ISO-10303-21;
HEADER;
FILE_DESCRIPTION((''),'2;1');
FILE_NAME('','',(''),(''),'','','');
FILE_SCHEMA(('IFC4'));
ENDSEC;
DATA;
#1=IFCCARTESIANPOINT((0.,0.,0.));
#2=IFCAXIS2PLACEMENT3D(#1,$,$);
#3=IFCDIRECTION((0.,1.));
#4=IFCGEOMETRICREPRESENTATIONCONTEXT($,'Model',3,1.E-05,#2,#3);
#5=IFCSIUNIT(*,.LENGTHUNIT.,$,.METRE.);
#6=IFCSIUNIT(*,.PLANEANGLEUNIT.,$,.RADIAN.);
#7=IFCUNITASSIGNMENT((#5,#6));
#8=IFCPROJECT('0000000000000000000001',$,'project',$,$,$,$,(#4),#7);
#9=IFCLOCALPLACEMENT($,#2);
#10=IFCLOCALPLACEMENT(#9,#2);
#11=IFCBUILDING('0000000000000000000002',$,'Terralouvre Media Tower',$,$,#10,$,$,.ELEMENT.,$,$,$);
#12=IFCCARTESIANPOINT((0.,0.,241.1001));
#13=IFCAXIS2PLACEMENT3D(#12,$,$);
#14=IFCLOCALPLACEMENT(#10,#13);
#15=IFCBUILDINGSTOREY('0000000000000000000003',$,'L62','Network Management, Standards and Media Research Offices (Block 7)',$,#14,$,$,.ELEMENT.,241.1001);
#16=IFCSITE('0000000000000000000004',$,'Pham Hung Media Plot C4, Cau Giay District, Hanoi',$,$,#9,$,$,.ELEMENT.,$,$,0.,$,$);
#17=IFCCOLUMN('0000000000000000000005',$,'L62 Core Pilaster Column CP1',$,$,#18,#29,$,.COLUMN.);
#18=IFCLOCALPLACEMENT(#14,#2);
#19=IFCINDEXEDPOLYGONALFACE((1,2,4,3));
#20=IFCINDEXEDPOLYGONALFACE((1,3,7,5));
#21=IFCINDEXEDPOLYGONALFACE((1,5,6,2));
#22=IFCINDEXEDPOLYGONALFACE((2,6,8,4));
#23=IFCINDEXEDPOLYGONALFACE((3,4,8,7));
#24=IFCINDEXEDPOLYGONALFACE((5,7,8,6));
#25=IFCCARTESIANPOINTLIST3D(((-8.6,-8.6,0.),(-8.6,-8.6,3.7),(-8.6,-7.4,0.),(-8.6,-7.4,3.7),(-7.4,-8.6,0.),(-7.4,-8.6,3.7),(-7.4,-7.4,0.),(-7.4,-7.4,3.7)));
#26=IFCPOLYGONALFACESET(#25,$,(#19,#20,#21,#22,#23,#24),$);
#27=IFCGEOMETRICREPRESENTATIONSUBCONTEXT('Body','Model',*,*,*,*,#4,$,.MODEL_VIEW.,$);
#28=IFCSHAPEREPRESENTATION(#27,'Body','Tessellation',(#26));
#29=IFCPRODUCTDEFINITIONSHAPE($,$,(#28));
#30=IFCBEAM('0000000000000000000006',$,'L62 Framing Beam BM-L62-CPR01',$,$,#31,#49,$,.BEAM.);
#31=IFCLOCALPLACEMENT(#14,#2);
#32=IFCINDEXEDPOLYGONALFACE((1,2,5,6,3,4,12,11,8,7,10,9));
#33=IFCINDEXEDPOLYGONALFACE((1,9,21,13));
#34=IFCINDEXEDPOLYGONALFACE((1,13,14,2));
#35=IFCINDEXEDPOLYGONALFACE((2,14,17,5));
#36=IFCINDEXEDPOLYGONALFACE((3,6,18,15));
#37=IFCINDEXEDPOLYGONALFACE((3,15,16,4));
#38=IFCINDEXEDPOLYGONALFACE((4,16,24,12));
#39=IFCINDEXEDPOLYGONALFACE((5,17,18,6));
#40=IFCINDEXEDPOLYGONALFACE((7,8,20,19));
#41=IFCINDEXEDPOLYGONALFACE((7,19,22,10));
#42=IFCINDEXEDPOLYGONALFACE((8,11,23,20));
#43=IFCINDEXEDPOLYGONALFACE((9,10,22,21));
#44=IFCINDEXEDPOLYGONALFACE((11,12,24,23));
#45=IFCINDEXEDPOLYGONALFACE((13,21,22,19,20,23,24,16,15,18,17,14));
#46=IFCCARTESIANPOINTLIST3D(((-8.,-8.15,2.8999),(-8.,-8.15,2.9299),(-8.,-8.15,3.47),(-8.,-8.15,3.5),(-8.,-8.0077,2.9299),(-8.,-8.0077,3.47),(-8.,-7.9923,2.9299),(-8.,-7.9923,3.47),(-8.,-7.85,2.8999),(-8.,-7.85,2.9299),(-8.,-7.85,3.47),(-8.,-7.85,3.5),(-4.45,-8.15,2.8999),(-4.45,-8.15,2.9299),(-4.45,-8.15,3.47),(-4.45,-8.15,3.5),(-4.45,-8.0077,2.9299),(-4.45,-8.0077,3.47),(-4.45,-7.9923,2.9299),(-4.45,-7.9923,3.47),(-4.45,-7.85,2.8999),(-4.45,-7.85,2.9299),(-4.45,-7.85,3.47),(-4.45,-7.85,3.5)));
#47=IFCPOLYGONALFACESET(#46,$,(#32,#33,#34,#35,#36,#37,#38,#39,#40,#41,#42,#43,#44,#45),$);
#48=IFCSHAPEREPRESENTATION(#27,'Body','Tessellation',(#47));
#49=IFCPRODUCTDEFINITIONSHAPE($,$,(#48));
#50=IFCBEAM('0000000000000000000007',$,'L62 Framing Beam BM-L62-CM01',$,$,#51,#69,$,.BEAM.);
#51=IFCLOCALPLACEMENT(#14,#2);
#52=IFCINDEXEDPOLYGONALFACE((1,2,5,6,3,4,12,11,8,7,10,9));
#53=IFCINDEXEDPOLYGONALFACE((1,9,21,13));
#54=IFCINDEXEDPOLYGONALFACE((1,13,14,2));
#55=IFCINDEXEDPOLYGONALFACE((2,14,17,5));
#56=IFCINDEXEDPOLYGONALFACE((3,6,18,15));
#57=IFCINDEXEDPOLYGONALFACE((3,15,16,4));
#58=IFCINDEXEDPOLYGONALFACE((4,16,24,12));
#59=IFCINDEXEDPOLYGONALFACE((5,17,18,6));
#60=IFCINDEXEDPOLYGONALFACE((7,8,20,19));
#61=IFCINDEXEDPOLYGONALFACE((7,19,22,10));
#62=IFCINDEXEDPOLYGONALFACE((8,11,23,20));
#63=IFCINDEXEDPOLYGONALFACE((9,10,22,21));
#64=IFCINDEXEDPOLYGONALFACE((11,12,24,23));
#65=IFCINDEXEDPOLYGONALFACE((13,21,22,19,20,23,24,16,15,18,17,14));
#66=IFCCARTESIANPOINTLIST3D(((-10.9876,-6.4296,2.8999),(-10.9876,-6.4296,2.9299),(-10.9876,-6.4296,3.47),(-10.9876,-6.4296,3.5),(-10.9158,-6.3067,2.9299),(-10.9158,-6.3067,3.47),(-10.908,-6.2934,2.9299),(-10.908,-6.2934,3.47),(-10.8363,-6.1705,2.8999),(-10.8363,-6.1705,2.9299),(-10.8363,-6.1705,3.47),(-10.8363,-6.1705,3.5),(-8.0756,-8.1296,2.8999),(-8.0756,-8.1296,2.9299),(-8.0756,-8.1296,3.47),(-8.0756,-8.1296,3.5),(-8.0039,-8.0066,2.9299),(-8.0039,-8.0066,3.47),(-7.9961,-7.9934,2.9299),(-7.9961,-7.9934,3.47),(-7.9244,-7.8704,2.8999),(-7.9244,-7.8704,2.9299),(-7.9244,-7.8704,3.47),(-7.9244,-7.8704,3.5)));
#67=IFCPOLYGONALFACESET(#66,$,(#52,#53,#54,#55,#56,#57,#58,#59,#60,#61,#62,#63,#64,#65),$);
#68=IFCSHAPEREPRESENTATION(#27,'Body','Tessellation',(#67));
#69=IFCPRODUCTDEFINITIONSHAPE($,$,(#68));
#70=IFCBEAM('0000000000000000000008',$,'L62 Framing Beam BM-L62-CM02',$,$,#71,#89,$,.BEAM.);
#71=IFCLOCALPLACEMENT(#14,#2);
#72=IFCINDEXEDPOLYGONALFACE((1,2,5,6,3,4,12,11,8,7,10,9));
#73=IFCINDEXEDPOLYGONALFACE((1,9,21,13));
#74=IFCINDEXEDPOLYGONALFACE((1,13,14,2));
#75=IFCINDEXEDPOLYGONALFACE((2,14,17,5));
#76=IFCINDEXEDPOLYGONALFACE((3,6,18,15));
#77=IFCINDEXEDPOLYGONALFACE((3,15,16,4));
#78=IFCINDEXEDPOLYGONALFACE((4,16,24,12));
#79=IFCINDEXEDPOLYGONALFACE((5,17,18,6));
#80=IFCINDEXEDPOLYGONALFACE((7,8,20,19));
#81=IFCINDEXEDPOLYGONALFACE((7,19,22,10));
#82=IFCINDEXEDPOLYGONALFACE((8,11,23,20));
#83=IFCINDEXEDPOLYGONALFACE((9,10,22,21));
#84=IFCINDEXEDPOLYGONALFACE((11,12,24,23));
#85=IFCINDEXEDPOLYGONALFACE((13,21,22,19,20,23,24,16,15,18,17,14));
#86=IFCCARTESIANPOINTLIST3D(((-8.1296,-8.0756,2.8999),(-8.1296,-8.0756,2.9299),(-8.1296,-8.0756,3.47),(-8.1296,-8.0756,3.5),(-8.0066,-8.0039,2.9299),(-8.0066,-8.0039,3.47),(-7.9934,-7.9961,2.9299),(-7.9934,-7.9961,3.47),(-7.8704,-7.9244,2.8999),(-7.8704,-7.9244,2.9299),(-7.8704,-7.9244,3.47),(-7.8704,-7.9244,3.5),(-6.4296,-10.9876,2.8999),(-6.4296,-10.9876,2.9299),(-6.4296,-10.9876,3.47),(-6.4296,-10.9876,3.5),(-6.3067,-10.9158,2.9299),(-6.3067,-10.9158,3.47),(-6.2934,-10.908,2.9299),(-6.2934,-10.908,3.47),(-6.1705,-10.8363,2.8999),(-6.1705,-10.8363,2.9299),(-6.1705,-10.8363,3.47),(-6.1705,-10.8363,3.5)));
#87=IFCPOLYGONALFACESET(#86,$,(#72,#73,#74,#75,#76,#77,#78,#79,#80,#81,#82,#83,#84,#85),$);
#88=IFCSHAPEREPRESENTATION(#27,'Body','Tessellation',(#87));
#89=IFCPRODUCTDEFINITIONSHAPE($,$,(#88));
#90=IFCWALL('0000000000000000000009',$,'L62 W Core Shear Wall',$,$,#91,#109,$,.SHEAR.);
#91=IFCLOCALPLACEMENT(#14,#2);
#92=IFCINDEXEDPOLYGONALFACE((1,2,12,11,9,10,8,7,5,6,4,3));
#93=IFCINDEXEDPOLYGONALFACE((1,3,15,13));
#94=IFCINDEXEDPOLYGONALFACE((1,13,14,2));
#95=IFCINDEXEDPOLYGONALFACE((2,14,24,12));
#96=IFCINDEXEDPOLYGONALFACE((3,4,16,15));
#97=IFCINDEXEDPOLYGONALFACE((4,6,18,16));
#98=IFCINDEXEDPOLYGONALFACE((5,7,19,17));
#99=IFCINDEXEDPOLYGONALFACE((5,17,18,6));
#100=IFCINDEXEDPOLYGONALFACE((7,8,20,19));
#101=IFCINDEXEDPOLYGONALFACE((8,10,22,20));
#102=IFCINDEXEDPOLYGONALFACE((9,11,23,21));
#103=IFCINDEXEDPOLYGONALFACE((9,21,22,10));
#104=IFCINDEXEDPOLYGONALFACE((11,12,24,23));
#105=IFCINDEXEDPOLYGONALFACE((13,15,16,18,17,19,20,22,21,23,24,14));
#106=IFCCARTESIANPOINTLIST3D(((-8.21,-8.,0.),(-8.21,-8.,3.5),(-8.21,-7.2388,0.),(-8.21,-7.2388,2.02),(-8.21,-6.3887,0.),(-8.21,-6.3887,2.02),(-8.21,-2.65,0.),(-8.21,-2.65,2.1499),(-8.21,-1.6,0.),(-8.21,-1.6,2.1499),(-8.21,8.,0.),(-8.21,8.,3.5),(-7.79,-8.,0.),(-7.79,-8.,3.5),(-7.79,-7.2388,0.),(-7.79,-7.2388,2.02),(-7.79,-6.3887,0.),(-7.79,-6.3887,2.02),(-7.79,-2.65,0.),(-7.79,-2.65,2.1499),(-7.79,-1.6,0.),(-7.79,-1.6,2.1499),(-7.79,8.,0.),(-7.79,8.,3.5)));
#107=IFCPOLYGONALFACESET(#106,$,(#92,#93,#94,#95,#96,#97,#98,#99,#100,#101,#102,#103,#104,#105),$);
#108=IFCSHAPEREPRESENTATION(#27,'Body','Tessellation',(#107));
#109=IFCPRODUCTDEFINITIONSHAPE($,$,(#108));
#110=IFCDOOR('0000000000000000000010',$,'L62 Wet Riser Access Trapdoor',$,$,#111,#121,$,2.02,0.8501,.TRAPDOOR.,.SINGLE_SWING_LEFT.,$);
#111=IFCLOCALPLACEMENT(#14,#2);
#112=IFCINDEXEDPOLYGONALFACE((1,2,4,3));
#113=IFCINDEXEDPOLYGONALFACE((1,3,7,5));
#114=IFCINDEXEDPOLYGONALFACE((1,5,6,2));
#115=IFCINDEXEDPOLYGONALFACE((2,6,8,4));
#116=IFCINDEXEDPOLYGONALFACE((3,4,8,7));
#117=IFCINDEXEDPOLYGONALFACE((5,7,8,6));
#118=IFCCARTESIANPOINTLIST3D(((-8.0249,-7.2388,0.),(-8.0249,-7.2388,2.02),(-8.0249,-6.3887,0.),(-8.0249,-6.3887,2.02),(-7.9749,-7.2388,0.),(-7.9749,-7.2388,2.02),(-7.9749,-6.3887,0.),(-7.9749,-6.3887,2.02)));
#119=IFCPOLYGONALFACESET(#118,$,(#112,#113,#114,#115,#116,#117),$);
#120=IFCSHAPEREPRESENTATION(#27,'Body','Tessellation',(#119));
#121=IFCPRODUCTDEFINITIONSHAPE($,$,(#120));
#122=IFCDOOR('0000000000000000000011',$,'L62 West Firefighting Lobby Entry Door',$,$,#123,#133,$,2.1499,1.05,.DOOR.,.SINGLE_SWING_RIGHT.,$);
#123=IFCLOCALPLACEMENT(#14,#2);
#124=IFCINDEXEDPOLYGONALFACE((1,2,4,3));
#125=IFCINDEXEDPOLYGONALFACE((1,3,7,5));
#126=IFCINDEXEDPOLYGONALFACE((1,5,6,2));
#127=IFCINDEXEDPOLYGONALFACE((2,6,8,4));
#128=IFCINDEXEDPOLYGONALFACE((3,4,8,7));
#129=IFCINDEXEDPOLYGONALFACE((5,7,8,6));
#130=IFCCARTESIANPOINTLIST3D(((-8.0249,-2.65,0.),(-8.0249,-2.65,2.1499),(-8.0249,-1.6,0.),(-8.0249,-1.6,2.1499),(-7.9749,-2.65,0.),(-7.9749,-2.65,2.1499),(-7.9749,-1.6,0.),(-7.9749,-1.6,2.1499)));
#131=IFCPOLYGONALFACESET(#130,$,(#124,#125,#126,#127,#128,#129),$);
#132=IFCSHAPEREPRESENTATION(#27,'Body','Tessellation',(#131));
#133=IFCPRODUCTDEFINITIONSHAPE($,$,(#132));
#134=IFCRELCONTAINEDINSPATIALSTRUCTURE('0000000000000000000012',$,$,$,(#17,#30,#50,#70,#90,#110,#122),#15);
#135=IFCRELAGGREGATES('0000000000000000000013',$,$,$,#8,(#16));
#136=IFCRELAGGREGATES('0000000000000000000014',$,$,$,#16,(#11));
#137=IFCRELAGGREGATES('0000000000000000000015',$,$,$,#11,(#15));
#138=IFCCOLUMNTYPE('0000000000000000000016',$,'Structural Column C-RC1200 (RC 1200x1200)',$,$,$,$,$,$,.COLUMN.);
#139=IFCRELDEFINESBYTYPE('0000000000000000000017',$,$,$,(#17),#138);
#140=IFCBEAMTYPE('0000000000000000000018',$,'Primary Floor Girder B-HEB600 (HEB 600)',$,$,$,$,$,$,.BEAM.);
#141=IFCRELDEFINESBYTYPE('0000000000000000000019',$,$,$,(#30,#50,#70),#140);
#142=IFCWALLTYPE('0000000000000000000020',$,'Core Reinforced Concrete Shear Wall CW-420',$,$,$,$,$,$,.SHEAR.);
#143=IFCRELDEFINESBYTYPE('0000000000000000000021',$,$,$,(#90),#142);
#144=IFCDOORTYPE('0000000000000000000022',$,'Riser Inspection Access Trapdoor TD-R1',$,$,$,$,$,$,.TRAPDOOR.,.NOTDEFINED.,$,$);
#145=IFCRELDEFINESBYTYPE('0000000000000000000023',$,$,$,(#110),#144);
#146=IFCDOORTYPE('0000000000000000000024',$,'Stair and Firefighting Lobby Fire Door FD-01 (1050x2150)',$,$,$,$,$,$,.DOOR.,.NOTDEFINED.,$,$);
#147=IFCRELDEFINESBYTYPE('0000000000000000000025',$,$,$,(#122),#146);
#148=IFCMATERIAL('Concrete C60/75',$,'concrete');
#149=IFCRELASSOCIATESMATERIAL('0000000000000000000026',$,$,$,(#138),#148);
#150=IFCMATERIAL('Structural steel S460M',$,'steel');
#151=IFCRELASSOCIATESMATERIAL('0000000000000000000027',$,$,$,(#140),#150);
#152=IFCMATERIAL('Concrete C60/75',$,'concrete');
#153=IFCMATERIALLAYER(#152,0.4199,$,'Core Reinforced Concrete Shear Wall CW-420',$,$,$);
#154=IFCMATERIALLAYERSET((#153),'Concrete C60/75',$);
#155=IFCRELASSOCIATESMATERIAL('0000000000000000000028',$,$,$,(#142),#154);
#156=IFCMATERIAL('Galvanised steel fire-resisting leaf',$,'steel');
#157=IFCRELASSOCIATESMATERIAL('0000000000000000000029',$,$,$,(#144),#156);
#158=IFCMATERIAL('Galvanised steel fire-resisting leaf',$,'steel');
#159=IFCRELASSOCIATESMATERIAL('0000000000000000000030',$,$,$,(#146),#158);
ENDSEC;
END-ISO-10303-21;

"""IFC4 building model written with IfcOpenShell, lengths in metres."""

from ifc_helpers import new_model, si_unit, direction, frame, frame_2d, origin, origin_2d, place, context, subcontext, project, spatial, rectangle, i_section, extrude, material, layer, layer_set, material_profile, profile_set, type_object, element, fill, save


model = new_model("IFC4")

# Units and contexts
model_context = context("Model", 3, precision=1e-05, world=origin(), true_north=direction((0.0, 1.0)))
body_context = subcontext(model_context, "Body", "Model", "MODEL_VIEW")
ifc_project = project(units=[si_unit("LENGTHUNIT", "METRE"), si_unit("PLANEANGLEUNIT", "RADIAN")], contexts=[model_context])

# Site, building, storey
site_placement = place(None, origin())
site = spatial("IfcSite", under=ifc_project, at=site_placement, Name="Pham Hung Media Plot C4, Cau Giay District, Hanoi", CompositionType="ELEMENT", RefElevation=0.0)
building_placement = place(site_placement, origin())
building = spatial("IfcBuilding", under=site, at=building_placement, Name="Terralouvre Media Tower", CompositionType="ELEMENT")
storey_placement = place(building_placement, frame((0.0, 0.0, 241.1001)))
storey = spatial("IfcBuildingStorey", under=building, at=storey_placement, Name="L62", Description="Network Management, Standards and Media Research Offices (Block 7)", CompositionType="ELEMENT", Elevation=241.1001)

# Column
ifc_material_1 = material(Name="Concrete C60/75", Category="concrete")
ifc_material_profile_1 = material_profile(ifc_material_1, rectangle(XDim=1.2, YDim=1.2, at=origin_2d()), Name="RC 1200x1200")
ifc_profile_set_1 = profile_set([ifc_material_profile_1], Name="Concrete C60/75")
column_type = type_object("IfcColumnType", Name="Structural Column C-RC1200 (RC 1200x1200)", PredefinedType="COLUMN", material=ifc_profile_set_1)
column_placement = place(storey_placement, frame((-8.0, -8.0, 0.0), z_axis=(0.0, 0.0, 1.0), x_axis=(1.0, 0.0, 0.0)))
element("IfcColumn", 1, at=column_placement, inside=storey, type_object=column_type, Name="L62 Core Pilaster Column CP1", PredefinedType="COLUMN", context=body_context, shape_type="SweptSolid", body=[
    extrude(rectangle(XDim=1.2, YDim=1.2, at=origin_2d()), origin(), (0.0, 0.0, 1.0), 3.7),
])

# Beams
ifc_material_2 = material(Name="Structural steel S460M", Category="steel")
ifc_material_profile_2 = material_profile(ifc_material_2, i_section(OverallWidth=0.3, OverallDepth=0.6001, WebThickness=0.0154, FlangeThickness=0.03, at=origin_2d()), Name="HEB 600")
ifc_profile_set_2 = profile_set([ifc_material_profile_2], Name="Structural steel S460M")
beam_type = type_object("IfcBeamType", Name="Primary Floor Girder B-HEB600 (HEB 600)", PredefinedType="BEAM", material=ifc_profile_set_2)
beam_placement = place(storey_placement, frame((-8.0, -8.0, 3.2), z_axis=(1.0, 0.0, 0.0), x_axis=(0.0, 1.0, 0.0)))
element("IfcBeam", 2, at=beam_placement, inside=storey, type_object=beam_type, Name="L62 Framing Beam BM-L62-CPR01", PredefinedType="BEAM", context=body_context, shape_type="SweptSolid", body=[
    extrude(i_section(OverallWidth=0.3, OverallDepth=0.6001, WebThickness=0.0154, FlangeThickness=0.03, at=origin_2d()), origin(), (0.0, 0.0, 1.0), 3.55),
])
for number, where, z_axis, x_axis, name in (
    (3, (-8.0, -8.0, 3.2), (-0.863603, 0.504173, 0.0), (-0.504173, -0.863603, 0.0), "L62 Framing Beam BM-L62-CM01"),
    (4, (-8.0, -8.0, 3.2), (0.504173, -0.863603, 0.0), (0.863603, 0.504173, 0.0), "L62 Framing Beam BM-L62-CM02"),
):
    element("IfcBeam", number, at=place(storey_placement, frame(where, z_axis=z_axis, x_axis=x_axis)), inside=storey, type_object=beam_type, Name=name, PredefinedType="BEAM", context=body_context, shape_type="SweptSolid", body=[
        extrude(i_section(OverallWidth=0.3, OverallDepth=0.6001, WebThickness=0.0154, FlangeThickness=0.03, at=origin_2d()), origin(), (0.0, 0.0, 1.0), 3.3718),
    ])

# Wall, openings, doors
ifc_material_3 = material(Name="Concrete C60/75", Category="concrete")
ifc_layer_1 = layer(ifc_material_3, 0.4199, Name="Core Reinforced Concrete Shear Wall CW-420")
ifc_layer_set_1 = layer_set([ifc_layer_1], Name="Concrete C60/75")
wall_type_1 = type_object("IfcWallType", Name="Core Reinforced Concrete Shear Wall CW-420", PredefinedType="SHEAR", material=ifc_layer_set_1)
wall_1_placement = place(storey_placement, frame((-8.0, -8.0, 0.0), z_axis=(0.0, 0.0, 1.0), x_axis=(0.0, 1.0, 0.0)))
wall_1 = element("IfcWall", 5, at=wall_1_placement, inside=storey, type_object=wall_type_1, Name="L62 W Core Shear Wall", PredefinedType="SHEAR", context=body_context, shape_type="SweptSolid", body=[
    extrude(rectangle(XDim=16.0, YDim=0.4199, at=frame_2d((8.0, 0.0))), origin(), (0.0, 0.0, 1.0), 3.5),
])
opening_1_placement = place(wall_1_placement, frame((0.7612, 0.0, 0.0)))
opening_1 = element("IfcOpeningElement", 6, at=opening_1_placement, cuts=wall_1, PredefinedType="OPENING", context=body_context, shape_type="SweptSolid", body=[
    extrude(rectangle(XDim=0.8501, YDim=2.02, at=frame_2d((0.425, 1.01))), frame((0.0, 0.22, 0.0), z_axis=(0.0, -1.0, 0.0), x_axis=(1.0, 0.0, 0.0)), (0.0, 0.0, 1.0), 0.4399),
])
opening_2_placement = place(wall_1_placement, frame((5.3501, 0.0, 0.0)))
opening_2 = element("IfcOpeningElement", 7, at=opening_2_placement, cuts=wall_1, PredefinedType="OPENING", context=body_context, shape_type="SweptSolid", body=[
    extrude(rectangle(XDim=1.05, YDim=2.1499, at=frame_2d((0.5249, 1.075))), frame((0.0, 0.22, 0.0), z_axis=(0.0, -1.0, 0.0), x_axis=(1.0, 0.0, 0.0)), (0.0, 0.0, 1.0), 0.4399),
])
ifc_material_4 = material(Name="Galvanised steel fire-resisting leaf", Category="steel")
door_type_1 = type_object("IfcDoorType", Name="Riser Inspection Access Trapdoor TD-R1", OperationType="NOTDEFINED", PredefinedType="TRAPDOOR", material=ifc_material_4)
door_1_placement = place(opening_1_placement, origin())
door_1 = element("IfcDoor", 8, at=door_1_placement, inside=storey, type_object=door_type_1, Name="L62 Wet Riser Access Trapdoor", OperationType="SINGLE_SWING_LEFT", OverallHeight=2.02, OverallWidth=0.8501, PredefinedType="TRAPDOOR", context=body_context, shape_type="SweptSolid", body=[
    extrude(rectangle(XDim=0.8501, YDim=2.02, at=frame_2d((0.425, 1.01))), frame((0.0, 0.0249, 0.0), z_axis=(0.0, -1.0, 0.0), x_axis=(1.0, 0.0, 0.0)), (0.0, 0.0, 1.0), 0.05),
])
fill(opening_1, door_1)
ifc_material_5 = material(Name="Galvanised steel fire-resisting leaf", Category="steel")
door_type_2 = type_object("IfcDoorType", Name="Stair and Firefighting Lobby Fire Door FD-01 (1050x2150)", OperationType="NOTDEFINED", PredefinedType="DOOR", material=ifc_material_5)
door_2_placement = place(opening_2_placement, origin())
door_2 = element("IfcDoor", 9, at=door_2_placement, inside=storey, type_object=door_type_2, Name="L62 West Firefighting Lobby Entry Door", OperationType="SINGLE_SWING_RIGHT", OverallHeight=2.1499, OverallWidth=1.05, PredefinedType="DOOR", context=body_context, shape_type="SweptSolid", body=[
    extrude(rectangle(XDim=1.05, YDim=2.1499, at=frame_2d((0.5249, 1.075))), frame((0.0, 0.0249, 0.0), z_axis=(0.0, -1.0, 0.0), x_axis=(1.0, 0.0, 0.0)), (0.0, 0.0, 1.0), 0.05),
])
fill(opening_2, door_2)

save(model, "model.ifc")
